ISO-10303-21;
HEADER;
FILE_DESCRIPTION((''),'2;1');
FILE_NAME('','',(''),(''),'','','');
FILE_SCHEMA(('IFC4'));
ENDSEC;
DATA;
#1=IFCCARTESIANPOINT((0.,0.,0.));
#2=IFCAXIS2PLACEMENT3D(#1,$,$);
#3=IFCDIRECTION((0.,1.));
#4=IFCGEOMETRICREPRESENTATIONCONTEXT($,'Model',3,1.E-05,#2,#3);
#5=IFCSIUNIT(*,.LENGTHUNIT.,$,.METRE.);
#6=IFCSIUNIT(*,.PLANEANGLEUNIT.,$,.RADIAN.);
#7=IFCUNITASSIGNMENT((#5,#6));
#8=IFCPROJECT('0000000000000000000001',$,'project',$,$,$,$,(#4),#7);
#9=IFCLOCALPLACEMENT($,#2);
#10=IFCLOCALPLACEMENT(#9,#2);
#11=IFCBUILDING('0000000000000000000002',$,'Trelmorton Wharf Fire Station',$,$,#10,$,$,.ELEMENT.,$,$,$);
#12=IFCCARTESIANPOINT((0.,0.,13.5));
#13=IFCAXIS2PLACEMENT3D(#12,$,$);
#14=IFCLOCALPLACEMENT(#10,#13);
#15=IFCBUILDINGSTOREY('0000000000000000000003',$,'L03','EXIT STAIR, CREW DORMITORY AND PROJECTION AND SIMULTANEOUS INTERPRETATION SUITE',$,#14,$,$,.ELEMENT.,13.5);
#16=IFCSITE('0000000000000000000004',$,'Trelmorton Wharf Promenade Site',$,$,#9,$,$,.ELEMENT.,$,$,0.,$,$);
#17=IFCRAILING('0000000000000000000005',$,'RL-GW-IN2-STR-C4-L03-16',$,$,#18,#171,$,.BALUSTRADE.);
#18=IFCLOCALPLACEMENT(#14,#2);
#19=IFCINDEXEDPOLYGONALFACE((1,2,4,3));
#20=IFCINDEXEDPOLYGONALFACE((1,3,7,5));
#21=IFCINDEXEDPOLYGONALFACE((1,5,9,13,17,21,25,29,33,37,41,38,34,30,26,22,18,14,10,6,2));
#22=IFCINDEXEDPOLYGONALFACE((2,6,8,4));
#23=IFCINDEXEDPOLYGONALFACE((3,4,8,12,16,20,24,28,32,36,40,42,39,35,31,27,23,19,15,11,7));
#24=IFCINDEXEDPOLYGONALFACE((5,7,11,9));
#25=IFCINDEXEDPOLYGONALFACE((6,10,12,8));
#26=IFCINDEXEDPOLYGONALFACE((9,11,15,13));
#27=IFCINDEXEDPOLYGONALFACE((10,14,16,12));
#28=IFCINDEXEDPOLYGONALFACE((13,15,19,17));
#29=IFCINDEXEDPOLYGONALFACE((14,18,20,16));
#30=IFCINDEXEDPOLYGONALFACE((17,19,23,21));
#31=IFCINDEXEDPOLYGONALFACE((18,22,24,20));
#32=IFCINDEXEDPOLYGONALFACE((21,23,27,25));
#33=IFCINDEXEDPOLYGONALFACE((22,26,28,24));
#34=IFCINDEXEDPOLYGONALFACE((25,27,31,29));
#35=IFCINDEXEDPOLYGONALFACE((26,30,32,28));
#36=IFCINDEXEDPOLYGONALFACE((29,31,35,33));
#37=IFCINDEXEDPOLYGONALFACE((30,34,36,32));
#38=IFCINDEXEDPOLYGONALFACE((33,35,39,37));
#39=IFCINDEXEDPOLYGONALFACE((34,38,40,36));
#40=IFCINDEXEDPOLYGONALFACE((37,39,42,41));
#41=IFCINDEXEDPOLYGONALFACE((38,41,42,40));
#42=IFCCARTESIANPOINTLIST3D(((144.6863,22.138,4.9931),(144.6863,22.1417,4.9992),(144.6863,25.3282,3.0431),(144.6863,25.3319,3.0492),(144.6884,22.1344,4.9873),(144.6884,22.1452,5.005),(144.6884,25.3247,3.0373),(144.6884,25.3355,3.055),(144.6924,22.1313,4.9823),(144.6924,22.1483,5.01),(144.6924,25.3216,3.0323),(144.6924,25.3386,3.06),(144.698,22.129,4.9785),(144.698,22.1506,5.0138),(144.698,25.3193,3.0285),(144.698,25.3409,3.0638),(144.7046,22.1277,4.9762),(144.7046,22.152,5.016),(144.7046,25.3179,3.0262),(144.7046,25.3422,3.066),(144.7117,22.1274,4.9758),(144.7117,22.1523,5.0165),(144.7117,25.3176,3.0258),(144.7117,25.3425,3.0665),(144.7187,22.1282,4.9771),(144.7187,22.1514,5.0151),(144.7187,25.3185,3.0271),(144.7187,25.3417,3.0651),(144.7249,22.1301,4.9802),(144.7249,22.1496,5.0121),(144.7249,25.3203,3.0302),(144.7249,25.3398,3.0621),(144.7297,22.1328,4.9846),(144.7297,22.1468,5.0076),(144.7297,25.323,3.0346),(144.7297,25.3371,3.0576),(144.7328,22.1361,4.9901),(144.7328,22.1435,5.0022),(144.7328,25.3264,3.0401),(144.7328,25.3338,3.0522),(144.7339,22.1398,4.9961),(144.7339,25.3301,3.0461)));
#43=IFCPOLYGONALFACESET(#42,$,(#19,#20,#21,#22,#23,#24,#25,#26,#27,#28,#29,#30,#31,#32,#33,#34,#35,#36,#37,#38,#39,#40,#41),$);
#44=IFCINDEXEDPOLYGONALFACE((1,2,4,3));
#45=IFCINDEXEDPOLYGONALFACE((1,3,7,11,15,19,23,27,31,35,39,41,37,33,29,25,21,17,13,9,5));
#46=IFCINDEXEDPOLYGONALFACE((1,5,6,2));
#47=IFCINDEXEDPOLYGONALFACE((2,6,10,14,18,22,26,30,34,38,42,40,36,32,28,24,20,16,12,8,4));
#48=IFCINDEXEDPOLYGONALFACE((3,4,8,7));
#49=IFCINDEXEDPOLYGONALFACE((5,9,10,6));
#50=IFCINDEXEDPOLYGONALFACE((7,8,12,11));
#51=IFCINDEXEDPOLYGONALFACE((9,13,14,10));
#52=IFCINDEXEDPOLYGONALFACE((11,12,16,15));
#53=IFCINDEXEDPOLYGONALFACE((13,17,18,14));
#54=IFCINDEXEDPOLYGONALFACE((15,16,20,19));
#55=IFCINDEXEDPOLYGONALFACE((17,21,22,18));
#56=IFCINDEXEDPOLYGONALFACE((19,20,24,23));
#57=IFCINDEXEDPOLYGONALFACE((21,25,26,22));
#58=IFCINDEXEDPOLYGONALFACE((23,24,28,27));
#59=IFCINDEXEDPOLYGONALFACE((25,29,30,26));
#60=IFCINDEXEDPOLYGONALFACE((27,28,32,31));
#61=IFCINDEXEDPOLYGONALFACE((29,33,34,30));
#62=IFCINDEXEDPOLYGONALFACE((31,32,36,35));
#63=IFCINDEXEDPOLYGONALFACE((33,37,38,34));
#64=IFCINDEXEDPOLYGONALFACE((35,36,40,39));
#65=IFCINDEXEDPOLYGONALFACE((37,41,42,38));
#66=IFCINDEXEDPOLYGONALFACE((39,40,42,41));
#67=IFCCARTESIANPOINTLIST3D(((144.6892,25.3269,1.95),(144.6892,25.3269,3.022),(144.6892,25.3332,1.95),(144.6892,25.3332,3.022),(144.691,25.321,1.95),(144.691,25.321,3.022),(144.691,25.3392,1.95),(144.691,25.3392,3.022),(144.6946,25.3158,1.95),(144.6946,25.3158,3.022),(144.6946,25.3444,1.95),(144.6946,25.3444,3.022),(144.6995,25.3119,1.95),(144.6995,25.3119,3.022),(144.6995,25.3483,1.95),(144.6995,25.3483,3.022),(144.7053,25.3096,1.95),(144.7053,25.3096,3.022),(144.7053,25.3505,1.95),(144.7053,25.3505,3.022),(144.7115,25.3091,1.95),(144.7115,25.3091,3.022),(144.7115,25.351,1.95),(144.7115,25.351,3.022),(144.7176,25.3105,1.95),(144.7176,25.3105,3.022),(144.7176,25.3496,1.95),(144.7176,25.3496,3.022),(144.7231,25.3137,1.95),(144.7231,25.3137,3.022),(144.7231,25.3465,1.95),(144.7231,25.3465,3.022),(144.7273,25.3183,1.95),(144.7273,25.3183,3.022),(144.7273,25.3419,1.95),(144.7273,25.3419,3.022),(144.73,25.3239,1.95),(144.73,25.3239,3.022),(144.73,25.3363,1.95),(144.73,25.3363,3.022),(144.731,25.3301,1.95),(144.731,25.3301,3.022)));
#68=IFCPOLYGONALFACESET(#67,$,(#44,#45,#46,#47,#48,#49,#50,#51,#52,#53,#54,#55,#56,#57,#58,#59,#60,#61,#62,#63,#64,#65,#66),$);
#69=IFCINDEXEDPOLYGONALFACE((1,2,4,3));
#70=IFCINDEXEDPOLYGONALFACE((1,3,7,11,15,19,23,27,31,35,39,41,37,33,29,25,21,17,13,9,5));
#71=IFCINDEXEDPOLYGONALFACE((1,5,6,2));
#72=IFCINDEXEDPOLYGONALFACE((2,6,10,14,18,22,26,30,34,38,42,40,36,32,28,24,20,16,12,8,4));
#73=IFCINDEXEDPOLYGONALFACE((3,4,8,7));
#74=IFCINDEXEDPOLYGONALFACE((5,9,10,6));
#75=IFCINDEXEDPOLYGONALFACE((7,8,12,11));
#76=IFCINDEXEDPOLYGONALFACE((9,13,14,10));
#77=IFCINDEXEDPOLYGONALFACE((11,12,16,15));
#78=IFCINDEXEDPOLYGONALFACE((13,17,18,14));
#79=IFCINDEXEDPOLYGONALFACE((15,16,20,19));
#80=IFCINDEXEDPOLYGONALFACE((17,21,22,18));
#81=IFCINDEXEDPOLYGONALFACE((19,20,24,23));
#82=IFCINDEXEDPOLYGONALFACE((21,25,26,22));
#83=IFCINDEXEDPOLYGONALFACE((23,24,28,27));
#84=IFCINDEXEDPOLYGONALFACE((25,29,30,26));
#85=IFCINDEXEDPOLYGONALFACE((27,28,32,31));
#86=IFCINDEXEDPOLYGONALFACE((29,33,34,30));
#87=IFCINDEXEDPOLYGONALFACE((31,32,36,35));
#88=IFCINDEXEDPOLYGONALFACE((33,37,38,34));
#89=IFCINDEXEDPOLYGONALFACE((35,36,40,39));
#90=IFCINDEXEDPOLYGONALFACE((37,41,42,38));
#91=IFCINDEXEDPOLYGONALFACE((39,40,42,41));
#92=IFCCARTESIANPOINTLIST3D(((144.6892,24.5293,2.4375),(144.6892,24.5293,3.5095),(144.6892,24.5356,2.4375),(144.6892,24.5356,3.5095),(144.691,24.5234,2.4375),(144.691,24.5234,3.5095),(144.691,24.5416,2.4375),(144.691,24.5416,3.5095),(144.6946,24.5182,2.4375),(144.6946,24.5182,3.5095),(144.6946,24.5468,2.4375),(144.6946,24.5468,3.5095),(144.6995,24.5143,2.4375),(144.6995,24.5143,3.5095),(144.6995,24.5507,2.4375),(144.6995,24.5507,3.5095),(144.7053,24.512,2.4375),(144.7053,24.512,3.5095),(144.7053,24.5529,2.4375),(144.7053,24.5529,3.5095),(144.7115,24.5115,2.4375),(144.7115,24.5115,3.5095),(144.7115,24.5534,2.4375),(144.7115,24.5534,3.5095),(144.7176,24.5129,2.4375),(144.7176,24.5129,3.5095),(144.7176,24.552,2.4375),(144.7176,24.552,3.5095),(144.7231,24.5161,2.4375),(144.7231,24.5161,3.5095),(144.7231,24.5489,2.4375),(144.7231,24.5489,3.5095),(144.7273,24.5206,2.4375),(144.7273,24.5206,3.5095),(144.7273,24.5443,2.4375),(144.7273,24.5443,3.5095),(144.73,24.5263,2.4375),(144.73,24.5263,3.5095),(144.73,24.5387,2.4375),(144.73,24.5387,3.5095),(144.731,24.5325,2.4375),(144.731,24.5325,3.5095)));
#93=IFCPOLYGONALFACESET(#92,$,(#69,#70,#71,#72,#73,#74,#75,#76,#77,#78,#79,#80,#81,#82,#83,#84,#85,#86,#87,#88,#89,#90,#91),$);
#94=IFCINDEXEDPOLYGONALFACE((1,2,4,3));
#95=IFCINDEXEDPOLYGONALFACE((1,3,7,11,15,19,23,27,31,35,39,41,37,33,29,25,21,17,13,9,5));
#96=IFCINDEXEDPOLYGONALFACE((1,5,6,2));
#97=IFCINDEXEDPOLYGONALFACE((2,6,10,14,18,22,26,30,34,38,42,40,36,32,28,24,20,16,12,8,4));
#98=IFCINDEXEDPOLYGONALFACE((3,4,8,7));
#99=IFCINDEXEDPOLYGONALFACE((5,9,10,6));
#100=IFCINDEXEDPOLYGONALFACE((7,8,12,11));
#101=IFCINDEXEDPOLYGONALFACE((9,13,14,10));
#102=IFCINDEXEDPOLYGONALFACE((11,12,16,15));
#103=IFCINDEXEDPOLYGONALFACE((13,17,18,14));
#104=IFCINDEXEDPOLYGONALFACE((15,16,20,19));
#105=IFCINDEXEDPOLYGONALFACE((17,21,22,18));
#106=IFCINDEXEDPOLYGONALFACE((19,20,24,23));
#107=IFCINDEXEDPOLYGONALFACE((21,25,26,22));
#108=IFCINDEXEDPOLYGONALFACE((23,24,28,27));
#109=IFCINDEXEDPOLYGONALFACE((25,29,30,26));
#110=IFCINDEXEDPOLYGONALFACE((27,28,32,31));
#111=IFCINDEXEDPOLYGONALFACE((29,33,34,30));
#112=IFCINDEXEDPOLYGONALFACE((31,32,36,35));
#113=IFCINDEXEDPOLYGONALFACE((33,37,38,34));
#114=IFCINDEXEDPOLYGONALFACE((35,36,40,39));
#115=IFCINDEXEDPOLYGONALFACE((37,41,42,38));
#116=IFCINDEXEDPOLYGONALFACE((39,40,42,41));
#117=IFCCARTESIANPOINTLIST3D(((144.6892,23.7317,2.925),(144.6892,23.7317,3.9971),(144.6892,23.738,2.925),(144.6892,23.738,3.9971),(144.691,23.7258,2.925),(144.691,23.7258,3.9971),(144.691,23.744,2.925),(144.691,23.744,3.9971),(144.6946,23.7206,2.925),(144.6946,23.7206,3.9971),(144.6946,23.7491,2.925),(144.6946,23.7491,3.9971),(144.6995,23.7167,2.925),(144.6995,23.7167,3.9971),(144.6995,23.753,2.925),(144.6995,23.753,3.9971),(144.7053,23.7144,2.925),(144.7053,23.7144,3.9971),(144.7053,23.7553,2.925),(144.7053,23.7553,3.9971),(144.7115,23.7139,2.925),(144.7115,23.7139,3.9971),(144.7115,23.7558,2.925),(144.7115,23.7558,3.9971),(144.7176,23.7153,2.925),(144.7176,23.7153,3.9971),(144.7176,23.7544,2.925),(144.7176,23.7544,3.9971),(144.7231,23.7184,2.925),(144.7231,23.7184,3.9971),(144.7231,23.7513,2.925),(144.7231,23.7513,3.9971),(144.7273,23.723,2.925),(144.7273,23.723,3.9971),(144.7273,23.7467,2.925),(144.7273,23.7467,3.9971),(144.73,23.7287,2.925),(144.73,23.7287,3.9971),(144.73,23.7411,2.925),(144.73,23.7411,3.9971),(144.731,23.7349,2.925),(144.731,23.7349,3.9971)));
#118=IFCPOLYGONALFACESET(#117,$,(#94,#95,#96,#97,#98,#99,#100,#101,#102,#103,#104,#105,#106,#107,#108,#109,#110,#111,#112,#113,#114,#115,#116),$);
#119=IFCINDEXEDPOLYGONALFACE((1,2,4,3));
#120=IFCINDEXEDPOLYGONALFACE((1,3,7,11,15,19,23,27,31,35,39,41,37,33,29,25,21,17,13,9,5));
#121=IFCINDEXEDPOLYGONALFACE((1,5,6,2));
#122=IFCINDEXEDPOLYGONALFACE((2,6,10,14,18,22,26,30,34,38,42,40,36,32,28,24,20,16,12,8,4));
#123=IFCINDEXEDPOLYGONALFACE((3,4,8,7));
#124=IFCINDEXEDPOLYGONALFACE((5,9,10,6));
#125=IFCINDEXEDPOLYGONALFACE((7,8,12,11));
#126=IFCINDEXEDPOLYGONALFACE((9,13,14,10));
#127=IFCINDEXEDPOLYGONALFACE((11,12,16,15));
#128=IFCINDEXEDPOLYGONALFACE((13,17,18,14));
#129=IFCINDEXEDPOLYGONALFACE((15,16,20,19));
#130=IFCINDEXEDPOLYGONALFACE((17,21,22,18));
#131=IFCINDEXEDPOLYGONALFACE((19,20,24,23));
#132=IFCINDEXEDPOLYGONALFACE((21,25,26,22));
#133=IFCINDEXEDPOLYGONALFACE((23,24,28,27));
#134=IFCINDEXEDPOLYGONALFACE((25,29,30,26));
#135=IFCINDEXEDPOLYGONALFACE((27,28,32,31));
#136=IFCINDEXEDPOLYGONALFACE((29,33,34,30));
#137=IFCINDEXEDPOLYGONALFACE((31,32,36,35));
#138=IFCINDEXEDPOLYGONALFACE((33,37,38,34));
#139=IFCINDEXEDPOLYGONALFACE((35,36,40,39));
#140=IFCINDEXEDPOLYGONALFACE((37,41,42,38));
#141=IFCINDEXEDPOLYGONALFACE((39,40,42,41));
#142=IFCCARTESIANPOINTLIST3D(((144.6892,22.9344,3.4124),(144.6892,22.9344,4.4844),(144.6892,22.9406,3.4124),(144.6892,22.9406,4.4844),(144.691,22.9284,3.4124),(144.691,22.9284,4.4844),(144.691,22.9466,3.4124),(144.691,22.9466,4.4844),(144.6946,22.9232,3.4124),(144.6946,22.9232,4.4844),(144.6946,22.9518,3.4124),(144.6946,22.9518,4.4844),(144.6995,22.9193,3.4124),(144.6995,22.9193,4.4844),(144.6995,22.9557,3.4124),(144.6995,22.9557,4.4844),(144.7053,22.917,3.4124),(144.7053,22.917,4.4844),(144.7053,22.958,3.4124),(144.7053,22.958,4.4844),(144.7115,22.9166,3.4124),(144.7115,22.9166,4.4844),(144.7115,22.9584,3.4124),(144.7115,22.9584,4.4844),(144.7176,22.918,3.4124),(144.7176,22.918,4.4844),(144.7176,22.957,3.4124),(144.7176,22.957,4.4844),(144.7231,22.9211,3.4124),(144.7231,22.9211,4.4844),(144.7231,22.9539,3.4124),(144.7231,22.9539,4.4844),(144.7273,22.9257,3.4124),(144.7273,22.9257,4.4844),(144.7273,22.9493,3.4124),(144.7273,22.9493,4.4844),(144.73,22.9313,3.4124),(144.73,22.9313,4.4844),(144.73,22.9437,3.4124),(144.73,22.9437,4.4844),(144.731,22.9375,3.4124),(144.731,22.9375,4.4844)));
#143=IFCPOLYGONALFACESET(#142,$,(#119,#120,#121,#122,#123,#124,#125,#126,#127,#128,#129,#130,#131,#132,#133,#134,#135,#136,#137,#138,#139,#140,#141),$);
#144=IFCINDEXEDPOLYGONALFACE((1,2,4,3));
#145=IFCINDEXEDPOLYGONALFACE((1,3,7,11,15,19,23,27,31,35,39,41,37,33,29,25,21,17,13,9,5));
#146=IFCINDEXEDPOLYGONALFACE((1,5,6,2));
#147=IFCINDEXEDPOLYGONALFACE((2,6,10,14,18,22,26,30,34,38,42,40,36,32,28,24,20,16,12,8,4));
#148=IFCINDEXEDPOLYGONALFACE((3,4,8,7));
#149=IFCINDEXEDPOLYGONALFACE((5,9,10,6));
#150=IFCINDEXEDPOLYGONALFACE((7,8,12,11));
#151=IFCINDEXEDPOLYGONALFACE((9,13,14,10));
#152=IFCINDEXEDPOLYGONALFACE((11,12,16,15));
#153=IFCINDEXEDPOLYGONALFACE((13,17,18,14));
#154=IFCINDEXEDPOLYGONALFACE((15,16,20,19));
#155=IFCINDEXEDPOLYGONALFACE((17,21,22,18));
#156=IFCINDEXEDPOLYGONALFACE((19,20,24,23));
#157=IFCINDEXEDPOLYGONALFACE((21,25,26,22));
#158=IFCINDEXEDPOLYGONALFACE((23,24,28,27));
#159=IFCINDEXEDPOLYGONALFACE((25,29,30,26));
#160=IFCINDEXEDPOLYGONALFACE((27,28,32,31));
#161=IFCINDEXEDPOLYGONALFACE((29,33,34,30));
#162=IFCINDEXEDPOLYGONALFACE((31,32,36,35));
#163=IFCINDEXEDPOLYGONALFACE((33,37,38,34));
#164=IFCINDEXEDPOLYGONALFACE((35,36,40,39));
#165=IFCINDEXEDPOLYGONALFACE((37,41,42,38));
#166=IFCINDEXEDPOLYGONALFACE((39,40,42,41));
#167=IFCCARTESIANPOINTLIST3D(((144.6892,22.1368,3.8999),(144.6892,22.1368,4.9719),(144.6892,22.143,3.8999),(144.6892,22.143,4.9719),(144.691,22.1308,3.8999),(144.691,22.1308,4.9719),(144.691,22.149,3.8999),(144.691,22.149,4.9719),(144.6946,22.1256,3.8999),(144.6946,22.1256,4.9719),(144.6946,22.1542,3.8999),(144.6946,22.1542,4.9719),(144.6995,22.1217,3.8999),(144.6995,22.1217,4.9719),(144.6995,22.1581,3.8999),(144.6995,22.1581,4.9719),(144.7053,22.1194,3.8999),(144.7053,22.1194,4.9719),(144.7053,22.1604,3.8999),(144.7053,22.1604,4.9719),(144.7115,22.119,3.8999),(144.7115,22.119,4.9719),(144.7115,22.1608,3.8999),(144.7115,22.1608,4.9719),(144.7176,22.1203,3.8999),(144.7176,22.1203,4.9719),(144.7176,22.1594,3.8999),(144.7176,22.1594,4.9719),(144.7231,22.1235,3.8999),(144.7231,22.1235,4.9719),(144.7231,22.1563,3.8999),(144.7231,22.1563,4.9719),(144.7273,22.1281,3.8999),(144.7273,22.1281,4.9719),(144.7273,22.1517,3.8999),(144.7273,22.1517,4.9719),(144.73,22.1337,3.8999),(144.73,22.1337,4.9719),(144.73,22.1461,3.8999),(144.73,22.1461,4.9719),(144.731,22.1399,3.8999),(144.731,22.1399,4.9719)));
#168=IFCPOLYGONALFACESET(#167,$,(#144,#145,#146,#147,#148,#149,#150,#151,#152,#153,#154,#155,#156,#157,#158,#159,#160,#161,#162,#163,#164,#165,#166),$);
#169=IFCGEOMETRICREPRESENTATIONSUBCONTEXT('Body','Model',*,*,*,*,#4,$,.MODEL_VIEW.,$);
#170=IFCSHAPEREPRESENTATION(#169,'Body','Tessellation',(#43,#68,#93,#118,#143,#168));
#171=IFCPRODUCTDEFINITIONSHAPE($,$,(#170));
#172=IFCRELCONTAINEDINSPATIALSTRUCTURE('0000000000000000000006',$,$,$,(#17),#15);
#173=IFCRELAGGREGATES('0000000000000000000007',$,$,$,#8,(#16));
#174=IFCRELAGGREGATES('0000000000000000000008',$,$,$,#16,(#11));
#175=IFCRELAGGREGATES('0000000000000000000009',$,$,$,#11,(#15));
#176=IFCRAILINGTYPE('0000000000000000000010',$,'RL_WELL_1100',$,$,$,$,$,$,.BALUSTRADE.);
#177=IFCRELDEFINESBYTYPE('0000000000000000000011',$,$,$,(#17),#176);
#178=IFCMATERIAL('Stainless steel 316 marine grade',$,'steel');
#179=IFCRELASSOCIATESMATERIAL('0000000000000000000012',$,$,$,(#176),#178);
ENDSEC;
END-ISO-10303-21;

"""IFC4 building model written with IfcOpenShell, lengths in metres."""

from ifc_helpers import new_model, si_unit, direction, frame, origin, origin_2d, place, context, subcontext, project, spatial, circle, extrude, material, type_object, element, save


model = new_model("IFC4")

# Units and contexts
model_context = context("Model", 3, precision=1e-05, world=origin(), true_north=direction((0.0, 1.0)))
body_context = subcontext(model_context, "Body", "Model", "MODEL_VIEW")
ifc_project = project(units=[si_unit("LENGTHUNIT", "METRE"), si_unit("PLANEANGLEUNIT", "RADIAN")], contexts=[model_context])

# Site, building, storey
site_placement = place(None, origin())
site = spatial("IfcSite", under=ifc_project, at=site_placement, Name="Trelmorton Wharf Promenade Site", CompositionType="ELEMENT", RefElevation=0.0)
building_placement = place(site_placement, origin())
building = spatial("IfcBuilding", under=site, at=building_placement, Name="Trelmorton Wharf Fire Station", CompositionType="ELEMENT")
storey_placement = place(building_placement, frame((0.0, 0.0, 13.5)))
storey = spatial("IfcBuildingStorey", under=building, at=storey_placement, Name="L03", Description="EXIT STAIR, CREW DORMITORY AND PROJECTION AND SIMULTANEOUS INTERPRETATION SUITE", CompositionType="ELEMENT", Elevation=13.5)

# Shared definitions
ifc_material_1 = material(Name="Stainless steel 316 marine grade", Category="steel")

# Railing
railing_type_1 = type_object("IfcRailingType", Name="RL_WELL_1100", PredefinedType="BALUSTRADE", material=ifc_material_1)
railing_1_placement = place(storey_placement, frame((144.71, 25.3301, 1.95)))
element("IfcRailing", 1, at=railing_1_placement, inside=storey, type_object=railing_type_1, Name="RL-GW-IN2-STR-C4-L03-16", PredefinedType="BALUSTRADE", context=body_context, shape_type="SweptSolid", body=[
    extrude(circle(Radius=0.0239, at=origin_2d()), frame((0.0, 0.0, 1.0962), z_axis=(0.0, -0.853235, 0.521527), x_axis=(1.0, 0.0, 0.0)), (0.0, 0.0, 1.0), 3.739),
    extrude(circle(Radius=0.021, at=origin_2d()), origin(), (0.0, 0.0, 1.0), 1.072),
    extrude(circle(Radius=0.021, at=origin_2d()), frame((0.0, -0.7976, 0.4875)), (0.0, 0.0, 1.0), 1.072),
    extrude(circle(Radius=0.021, at=origin_2d()), frame((0.0, -1.5952, 0.9751)), (0.0, 0.0, 1.0), 1.072),
    extrude(circle(Radius=0.021, at=origin_2d()), frame((0.0, -2.3926, 1.4624)), (0.0, 0.0, 1.0), 1.072),
    extrude(circle(Radius=0.021, at=origin_2d()), frame((0.0, -3.1902, 1.95)), (0.0, 0.0, 1.0), 1.072),
])

save(model, "model.ifc")
